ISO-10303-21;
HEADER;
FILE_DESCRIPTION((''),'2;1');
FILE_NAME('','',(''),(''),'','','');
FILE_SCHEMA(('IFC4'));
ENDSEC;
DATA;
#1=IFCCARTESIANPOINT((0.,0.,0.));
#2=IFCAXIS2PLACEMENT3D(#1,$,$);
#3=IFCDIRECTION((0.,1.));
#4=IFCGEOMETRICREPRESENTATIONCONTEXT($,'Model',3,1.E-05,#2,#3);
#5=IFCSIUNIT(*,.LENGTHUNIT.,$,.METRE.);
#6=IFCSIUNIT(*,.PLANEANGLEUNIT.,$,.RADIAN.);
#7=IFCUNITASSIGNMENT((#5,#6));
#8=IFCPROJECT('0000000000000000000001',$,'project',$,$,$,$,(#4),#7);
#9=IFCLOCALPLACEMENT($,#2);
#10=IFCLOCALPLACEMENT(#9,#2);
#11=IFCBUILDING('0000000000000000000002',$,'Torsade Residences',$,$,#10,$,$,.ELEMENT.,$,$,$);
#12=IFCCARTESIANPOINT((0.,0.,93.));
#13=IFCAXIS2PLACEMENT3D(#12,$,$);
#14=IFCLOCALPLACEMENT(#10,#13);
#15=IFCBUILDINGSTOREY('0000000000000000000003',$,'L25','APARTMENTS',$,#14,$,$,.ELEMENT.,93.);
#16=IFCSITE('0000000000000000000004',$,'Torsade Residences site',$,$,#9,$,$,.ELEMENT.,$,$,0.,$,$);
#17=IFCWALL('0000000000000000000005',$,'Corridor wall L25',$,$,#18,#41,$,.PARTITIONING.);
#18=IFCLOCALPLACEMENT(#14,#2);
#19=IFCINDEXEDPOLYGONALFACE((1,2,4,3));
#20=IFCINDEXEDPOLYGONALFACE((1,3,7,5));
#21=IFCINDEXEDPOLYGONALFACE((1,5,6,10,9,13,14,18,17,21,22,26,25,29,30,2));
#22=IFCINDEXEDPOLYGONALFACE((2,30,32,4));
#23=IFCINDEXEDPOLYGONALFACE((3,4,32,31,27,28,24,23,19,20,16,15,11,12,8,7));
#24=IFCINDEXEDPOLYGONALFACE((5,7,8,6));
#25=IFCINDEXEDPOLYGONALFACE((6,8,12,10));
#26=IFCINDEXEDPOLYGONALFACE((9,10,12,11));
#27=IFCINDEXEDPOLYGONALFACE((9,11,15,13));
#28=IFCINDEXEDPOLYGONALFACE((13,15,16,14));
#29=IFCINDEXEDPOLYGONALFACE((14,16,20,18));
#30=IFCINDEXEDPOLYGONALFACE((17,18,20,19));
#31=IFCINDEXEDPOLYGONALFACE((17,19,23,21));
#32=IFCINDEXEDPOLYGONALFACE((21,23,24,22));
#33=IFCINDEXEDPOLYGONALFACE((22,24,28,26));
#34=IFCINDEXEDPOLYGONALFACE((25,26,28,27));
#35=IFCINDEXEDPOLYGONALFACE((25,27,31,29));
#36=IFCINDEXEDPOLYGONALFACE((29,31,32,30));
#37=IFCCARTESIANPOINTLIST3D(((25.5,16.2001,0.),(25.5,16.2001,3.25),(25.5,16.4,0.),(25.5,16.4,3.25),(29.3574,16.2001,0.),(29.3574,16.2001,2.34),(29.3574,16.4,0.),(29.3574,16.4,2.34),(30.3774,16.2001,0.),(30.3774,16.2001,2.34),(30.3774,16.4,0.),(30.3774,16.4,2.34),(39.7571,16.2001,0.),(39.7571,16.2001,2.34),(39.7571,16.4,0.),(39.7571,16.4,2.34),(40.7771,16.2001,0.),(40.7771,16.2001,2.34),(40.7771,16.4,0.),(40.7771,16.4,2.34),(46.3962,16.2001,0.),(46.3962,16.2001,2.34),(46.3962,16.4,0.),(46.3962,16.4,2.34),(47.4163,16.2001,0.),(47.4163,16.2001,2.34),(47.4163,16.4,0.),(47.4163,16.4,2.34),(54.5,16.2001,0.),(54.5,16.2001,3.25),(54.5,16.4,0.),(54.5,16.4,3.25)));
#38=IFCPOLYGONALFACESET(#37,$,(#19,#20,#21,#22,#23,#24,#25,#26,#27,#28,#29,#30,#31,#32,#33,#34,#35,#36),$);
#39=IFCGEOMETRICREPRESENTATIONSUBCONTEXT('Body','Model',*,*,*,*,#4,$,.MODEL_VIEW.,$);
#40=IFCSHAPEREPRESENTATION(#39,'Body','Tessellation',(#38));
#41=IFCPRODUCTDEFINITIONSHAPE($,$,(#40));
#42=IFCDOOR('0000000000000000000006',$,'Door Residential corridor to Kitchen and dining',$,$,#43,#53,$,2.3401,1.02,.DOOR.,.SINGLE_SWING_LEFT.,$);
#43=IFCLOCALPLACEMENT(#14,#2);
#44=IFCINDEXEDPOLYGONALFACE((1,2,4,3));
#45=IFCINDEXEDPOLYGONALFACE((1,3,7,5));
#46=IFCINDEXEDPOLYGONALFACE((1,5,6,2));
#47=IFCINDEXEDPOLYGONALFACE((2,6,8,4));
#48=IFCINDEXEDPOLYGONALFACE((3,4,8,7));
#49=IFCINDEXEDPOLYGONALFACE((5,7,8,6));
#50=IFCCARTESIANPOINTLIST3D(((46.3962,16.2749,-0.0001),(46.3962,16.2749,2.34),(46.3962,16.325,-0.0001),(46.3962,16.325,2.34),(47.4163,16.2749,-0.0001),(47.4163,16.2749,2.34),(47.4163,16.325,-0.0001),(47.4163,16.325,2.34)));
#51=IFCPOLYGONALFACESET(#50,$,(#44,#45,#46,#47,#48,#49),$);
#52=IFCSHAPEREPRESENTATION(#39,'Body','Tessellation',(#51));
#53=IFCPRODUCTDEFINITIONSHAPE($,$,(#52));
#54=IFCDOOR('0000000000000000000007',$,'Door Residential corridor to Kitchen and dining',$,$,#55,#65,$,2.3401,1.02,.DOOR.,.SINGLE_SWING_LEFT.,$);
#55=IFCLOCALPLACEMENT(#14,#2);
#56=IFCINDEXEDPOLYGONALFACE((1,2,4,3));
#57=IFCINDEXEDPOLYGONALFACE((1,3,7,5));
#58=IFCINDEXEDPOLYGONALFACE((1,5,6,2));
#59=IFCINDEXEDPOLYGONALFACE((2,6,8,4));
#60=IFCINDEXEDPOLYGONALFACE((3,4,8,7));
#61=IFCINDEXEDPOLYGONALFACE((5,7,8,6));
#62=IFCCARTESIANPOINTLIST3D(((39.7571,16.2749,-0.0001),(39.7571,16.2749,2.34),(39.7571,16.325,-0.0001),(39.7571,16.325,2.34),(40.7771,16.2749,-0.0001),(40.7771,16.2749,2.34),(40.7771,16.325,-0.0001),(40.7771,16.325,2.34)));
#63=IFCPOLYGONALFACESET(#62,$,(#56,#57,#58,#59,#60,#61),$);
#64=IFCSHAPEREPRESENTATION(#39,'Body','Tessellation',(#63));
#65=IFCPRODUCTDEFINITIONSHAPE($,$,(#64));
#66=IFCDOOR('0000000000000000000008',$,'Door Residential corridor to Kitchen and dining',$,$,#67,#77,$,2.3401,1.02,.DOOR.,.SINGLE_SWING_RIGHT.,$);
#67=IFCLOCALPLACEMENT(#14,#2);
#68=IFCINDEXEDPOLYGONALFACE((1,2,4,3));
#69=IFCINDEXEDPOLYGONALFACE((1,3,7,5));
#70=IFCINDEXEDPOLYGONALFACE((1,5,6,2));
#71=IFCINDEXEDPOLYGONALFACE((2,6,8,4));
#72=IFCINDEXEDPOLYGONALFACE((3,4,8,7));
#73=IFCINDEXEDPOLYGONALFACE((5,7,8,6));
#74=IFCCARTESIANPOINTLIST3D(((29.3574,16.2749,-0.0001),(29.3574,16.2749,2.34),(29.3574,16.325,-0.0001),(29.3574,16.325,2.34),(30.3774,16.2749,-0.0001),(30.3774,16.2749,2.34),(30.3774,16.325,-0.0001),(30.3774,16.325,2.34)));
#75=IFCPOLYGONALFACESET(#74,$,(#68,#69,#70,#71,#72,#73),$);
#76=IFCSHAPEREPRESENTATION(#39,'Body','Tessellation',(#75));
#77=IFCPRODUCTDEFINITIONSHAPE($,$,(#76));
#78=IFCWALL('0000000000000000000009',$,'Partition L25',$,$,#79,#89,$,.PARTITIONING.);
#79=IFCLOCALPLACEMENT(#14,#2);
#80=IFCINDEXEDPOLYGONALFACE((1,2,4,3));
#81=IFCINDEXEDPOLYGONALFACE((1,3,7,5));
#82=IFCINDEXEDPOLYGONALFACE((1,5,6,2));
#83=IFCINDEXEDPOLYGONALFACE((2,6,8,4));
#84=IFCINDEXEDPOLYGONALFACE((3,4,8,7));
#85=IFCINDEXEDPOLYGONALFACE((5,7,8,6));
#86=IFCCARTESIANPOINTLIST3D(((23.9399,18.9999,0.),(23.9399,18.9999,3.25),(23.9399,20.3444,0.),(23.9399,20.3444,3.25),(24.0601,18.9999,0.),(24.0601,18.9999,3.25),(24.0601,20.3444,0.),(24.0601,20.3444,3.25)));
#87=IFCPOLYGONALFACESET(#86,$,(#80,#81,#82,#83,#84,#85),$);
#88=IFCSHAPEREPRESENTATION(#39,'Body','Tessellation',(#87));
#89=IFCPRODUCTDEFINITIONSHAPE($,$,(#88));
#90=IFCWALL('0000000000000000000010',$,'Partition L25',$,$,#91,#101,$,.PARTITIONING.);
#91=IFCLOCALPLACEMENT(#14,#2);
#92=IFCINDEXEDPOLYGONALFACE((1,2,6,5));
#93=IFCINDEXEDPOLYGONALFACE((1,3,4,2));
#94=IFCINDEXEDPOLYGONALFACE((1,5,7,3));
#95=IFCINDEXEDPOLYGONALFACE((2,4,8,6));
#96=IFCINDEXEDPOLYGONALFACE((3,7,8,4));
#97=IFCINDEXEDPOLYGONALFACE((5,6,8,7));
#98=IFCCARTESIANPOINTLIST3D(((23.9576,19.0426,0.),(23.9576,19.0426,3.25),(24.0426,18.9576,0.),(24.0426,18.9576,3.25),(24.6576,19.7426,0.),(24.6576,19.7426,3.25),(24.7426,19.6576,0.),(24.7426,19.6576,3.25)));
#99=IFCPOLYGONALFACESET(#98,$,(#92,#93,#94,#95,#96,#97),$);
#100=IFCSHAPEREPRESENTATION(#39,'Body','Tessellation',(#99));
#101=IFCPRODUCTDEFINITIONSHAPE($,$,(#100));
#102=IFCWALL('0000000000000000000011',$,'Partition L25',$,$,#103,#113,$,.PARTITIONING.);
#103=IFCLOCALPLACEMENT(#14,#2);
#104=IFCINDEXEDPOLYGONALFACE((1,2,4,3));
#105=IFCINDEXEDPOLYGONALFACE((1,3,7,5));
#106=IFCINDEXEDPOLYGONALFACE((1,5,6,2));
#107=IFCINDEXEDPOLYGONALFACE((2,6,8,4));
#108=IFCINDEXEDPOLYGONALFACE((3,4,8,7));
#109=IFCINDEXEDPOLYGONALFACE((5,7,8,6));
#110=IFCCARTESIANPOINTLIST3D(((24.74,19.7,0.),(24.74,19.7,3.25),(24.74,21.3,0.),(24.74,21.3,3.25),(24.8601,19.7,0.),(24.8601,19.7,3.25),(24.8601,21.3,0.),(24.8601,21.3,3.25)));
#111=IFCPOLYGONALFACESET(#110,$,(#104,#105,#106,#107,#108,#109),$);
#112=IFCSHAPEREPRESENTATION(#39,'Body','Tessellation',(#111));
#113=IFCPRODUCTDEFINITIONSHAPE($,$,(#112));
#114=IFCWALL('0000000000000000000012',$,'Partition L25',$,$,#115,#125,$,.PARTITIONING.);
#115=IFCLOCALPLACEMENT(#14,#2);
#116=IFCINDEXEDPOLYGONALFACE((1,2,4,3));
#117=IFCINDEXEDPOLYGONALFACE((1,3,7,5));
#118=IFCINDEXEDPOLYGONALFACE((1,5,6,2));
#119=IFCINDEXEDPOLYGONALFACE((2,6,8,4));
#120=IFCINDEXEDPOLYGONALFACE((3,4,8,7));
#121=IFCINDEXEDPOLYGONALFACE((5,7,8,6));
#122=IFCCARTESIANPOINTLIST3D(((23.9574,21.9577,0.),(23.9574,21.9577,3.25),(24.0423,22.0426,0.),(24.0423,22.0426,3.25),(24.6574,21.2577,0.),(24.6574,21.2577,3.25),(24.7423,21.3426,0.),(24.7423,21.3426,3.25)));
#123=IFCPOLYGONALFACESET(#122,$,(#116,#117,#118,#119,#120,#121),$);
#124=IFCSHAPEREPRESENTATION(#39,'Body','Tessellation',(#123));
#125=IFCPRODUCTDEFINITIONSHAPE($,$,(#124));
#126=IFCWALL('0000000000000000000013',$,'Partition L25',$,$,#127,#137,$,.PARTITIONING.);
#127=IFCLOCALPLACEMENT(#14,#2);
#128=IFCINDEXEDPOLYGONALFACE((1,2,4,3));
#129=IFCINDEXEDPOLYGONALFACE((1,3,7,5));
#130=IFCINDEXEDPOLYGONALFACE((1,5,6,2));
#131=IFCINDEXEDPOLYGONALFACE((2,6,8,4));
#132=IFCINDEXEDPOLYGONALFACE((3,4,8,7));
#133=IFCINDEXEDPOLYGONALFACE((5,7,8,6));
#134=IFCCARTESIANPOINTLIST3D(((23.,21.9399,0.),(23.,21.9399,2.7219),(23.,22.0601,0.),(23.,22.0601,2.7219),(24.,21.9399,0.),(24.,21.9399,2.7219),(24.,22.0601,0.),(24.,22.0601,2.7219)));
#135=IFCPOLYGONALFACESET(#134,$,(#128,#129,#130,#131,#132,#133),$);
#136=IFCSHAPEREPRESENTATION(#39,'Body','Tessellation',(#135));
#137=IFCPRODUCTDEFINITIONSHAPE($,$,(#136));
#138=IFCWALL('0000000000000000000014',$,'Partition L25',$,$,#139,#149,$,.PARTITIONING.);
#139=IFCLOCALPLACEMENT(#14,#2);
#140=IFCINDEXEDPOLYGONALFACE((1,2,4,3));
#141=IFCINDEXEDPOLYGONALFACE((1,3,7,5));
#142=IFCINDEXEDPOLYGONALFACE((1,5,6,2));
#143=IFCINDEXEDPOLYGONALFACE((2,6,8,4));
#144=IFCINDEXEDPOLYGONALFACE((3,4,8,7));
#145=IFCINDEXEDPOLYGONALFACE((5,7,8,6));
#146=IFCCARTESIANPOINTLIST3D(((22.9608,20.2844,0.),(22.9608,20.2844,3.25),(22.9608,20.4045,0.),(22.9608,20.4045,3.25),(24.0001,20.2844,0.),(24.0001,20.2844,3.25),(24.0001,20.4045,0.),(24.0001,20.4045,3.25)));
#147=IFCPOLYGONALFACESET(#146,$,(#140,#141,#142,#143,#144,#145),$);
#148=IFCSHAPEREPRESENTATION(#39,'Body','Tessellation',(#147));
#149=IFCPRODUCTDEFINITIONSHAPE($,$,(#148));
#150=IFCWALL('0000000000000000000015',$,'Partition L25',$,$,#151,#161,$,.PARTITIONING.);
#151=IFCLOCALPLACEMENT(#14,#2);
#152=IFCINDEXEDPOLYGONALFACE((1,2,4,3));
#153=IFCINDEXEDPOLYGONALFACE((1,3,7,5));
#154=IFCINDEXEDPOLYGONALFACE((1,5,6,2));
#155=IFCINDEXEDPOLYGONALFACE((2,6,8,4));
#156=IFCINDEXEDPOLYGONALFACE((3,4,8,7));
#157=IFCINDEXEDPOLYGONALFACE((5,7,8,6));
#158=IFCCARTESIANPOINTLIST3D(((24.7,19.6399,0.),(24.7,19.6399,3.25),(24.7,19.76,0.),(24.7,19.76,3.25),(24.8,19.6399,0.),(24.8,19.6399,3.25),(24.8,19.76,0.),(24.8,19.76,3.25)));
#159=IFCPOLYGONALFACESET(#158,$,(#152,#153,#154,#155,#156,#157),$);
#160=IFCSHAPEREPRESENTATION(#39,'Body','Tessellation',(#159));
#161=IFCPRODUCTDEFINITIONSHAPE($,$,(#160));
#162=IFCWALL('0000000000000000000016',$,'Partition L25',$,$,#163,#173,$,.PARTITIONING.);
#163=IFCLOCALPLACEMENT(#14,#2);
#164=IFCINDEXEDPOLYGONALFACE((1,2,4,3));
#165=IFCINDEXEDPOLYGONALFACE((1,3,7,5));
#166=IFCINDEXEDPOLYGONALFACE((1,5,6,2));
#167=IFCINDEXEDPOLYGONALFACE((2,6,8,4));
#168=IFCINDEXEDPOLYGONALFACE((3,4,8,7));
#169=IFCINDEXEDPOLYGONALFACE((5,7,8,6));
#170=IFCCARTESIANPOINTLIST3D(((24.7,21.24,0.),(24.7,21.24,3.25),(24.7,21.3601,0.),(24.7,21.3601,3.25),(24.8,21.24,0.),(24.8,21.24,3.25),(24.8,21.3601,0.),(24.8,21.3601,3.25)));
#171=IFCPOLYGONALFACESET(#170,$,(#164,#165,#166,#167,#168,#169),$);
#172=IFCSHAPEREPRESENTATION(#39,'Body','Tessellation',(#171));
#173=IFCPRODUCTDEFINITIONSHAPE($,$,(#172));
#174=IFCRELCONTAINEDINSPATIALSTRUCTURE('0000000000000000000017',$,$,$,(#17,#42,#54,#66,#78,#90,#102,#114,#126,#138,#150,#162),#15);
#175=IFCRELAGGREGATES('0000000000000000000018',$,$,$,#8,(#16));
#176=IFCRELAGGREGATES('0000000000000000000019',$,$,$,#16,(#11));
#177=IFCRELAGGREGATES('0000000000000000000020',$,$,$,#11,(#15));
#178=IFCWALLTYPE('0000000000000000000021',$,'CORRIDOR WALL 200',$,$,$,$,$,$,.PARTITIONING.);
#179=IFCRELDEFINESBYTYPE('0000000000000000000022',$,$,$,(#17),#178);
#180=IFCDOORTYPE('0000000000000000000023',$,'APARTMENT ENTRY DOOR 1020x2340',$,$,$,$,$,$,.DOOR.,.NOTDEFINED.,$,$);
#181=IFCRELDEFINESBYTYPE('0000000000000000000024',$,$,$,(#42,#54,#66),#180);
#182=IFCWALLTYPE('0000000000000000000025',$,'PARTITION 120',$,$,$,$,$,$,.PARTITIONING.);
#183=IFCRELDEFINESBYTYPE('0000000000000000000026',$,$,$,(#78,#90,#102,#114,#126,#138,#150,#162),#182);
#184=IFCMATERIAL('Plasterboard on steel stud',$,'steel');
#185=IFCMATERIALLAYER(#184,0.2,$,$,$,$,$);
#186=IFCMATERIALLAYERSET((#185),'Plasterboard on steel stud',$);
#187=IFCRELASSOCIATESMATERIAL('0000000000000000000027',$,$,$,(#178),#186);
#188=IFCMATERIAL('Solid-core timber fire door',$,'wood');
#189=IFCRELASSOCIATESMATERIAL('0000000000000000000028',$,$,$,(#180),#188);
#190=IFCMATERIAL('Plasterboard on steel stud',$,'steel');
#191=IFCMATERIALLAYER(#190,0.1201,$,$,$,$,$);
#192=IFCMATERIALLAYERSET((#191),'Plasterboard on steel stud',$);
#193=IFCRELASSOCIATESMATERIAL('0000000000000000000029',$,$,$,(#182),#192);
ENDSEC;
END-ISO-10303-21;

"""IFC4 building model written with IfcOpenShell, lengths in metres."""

from ifc_helpers import new_model, si_unit, direction, frame, frame_2d, origin, place, context, subcontext, project, spatial, rectangle, extrude, material, layer, layer_set, type_object, element, fill, save


model = new_model("IFC4")

# Units and contexts
model_context = context("Model", 3, precision=1e-05, world=origin(), true_north=direction((0.0, 1.0)))
body_context = subcontext(model_context, "Body", "Model", "MODEL_VIEW")
ifc_project = project(units=[si_unit("LENGTHUNIT", "METRE"), si_unit("PLANEANGLEUNIT", "RADIAN")], contexts=[model_context])

# Site, building, storey
site_placement = place(None, origin())
site = spatial("IfcSite", under=ifc_project, at=site_placement, Name="Torsade Residences site", CompositionType="ELEMENT", RefElevation=0.0)
building_placement = place(site_placement, origin())
building = spatial("IfcBuilding", under=site, at=building_placement, Name="Torsade Residences", CompositionType="ELEMENT")
storey_placement = place(building_placement, frame((0.0, 0.0, 93.0)))
storey = spatial("IfcBuildingStorey", under=building, at=storey_placement, Name="L25", Description="APARTMENTS", CompositionType="ELEMENT", Elevation=93.0)

# Wall, openings, doors
ifc_material_1 = material(Name="Plasterboard on steel stud", Category="steel")
ifc_layer_1 = layer(ifc_material_1, 0.2)
ifc_layer_set_1 = layer_set([ifc_layer_1], Name="Plasterboard on steel stud")
wall_type_1 = type_object("IfcWallType", Name="CORRIDOR WALL 200", PredefinedType="PARTITIONING", material=ifc_layer_set_1)
wall_1_placement = place(storey_placement, frame((25.5, 16.3, 0.0), z_axis=(0.0, 0.0, 1.0), x_axis=(1.0, 0.0, 0.0)))
wall_1 = element("IfcWall", 1, at=wall_1_placement, inside=storey, type_object=wall_type_1, Name="Corridor wall L25", PredefinedType="PARTITIONING", context=body_context, shape_type="SweptSolid", body=[
    extrude(rectangle(XDim=29.0, YDim=0.2, at=frame_2d((14.5, 0.0))), origin(), (0.0, 0.0, 1.0), 3.25),
])
opening_1_placement = place(wall_1_placement, frame((20.8962, 0.0, 0.0)))
opening_1 = element("IfcOpeningElement", 2, at=opening_1_placement, cuts=wall_1, PredefinedType="OPENING", context=body_context, shape_type="SweptSolid", body=[
    extrude(rectangle(XDim=1.02, YDim=2.3401, at=frame_2d((0.51, 1.1699))), frame((0.0, 0.1099, 0.0), z_axis=(0.0, -1.0, 0.0), x_axis=(1.0, 0.0, 0.0)), (0.0, 0.0, 1.0), 0.22),
])
opening_2_placement = place(wall_1_placement, frame((14.2571, 0.0, 0.0)))
opening_2 = element("IfcOpeningElement", 3, at=opening_2_placement, cuts=wall_1, PredefinedType="OPENING", context=body_context, shape_type="SweptSolid", body=[
    extrude(rectangle(XDim=1.02, YDim=2.3401, at=frame_2d((0.51, 1.1699))), frame((0.0, 0.1099, 0.0), z_axis=(0.0, -1.0, 0.0), x_axis=(1.0, 0.0, 0.0)), (0.0, 0.0, 1.0), 0.22),
])
opening_3_placement = place(wall_1_placement, frame((3.8574, 0.0, 0.0)))
opening_3 = element("IfcOpeningElement", 4, at=opening_3_placement, cuts=wall_1, PredefinedType="OPENING", context=body_context, shape_type="SweptSolid", body=[
    extrude(rectangle(XDim=1.02, YDim=2.3401, at=frame_2d((0.51, 1.1699))), frame((0.0, 0.1099, 0.0), z_axis=(0.0, -1.0, 0.0), x_axis=(1.0, 0.0, 0.0)), (0.0, 0.0, 1.0), 0.22),
])
ifc_material_2 = material(Name="Solid-core timber fire door", Category="wood")
door_type = type_object("IfcDoorType", Name="APARTMENT ENTRY DOOR 1020x2340", OperationType="NOTDEFINED", PredefinedType="DOOR", material=ifc_material_2)
door_1_placement = place(opening_1_placement, origin())
door_1 = element("IfcDoor", 5, at=door_1_placement, inside=storey, type_object=door_type, Name="Door Residential corridor to Kitchen and dining", OperationType="SINGLE_SWING_LEFT", OverallHeight=2.3401, OverallWidth=1.02, PredefinedType="DOOR", context=body_context, shape_type="SweptSolid", body=[
    extrude(rectangle(XDim=1.02, YDim=2.3401, at=frame_2d((0.51, 1.1699))), frame((0.0, 0.0249, 0.0), z_axis=(0.0, -1.0, 0.0), x_axis=(1.0, 0.0, 0.0)), (0.0, 0.0, 1.0), 0.05),
])
fill(opening_1, door_1)
door_2_placement = place(opening_2_placement, origin())
door_2 = element("IfcDoor", 6, at=door_2_placement, inside=storey, type_object=door_type, Name="Door Residential corridor to Kitchen and dining", OperationType="SINGLE_SWING_LEFT", OverallHeight=2.3401, OverallWidth=1.02, PredefinedType="DOOR", context=body_context, shape_type="SweptSolid", body=[
    extrude(rectangle(XDim=1.02, YDim=2.3401, at=frame_2d((0.51, 1.1699))), frame((0.0, 0.0249, 0.0), z_axis=(0.0, -1.0, 0.0), x_axis=(1.0, 0.0, 0.0)), (0.0, 0.0, 1.0), 0.05),
])
fill(opening_2, door_2)
door_3_placement = place(opening_3_placement, origin())
door_3 = element("IfcDoor", 7, at=door_3_placement, inside=storey, type_object=door_type, Name="Door Residential corridor to Kitchen and dining", OperationType="SINGLE_SWING_RIGHT", OverallHeight=2.3401, OverallWidth=1.02, PredefinedType="DOOR", context=body_context, shape_type="SweptSolid", body=[
    extrude(rectangle(XDim=1.02, YDim=2.3401, at=frame_2d((0.51, 1.1699))), frame((0.0, 0.0249, 0.0), z_axis=(0.0, -1.0, 0.0), x_axis=(1.0, 0.0, 0.0)), (0.0, 0.0, 1.0), 0.05),
])
fill(opening_3, door_3)

# Walls
ifc_material_3 = material(Name="Plasterboard on steel stud", Category="steel")
ifc_layer_2 = layer(ifc_material_3, 0.1201)
ifc_layer_set_2 = layer_set([ifc_layer_2], Name="Plasterboard on steel stud")
wall_type_2 = type_object("IfcWallType", Name="PARTITION 120", PredefinedType="PARTITIONING", material=ifc_layer_set_2)
wall_2_placement = place(storey_placement, frame((24.0, 20.3445, 0.0), z_axis=(0.0, 0.0, 1.0), x_axis=(0.0, -1.0, 0.0)))
element("IfcWall", 8, at=wall_2_placement, inside=storey, type_object=wall_type_2, Name="Partition L25", PredefinedType="PARTITIONING", context=body_context, shape_type="SweptSolid", body=[
    extrude(rectangle(XDim=1.3445, YDim=0.1201, at=frame_2d((0.6724, 0.0))), origin(), (0.0, 0.0, 1.0), 3.25),
])
wall_3_placement = place(storey_placement, frame((24.0, 19.0, 0.0), z_axis=(0.0, 0.0, 1.0), x_axis=(0.707107, 0.707107, 0.0)))
element("IfcWall", 9, at=wall_3_placement, inside=storey, type_object=wall_type_2, Name="Partition L25", PredefinedType="PARTITIONING", context=body_context, shape_type="SweptSolid", body=[
    extrude(rectangle(XDim=0.99, YDim=0.1201, at=frame_2d((0.4951, 0.0))), origin(), (0.0, 0.0, 1.0), 3.25),
])
wall_4_placement = place(storey_placement, frame((24.8, 19.7, 0.0), z_axis=(0.0, 0.0, 1.0), x_axis=(0.0, 1.0, 0.0)))
element("IfcWall", 10, at=wall_4_placement, inside=storey, type_object=wall_type_2, Name="Partition L25", PredefinedType="PARTITIONING", context=body_context, shape_type="SweptSolid", body=[
    extrude(rectangle(XDim=1.6001, YDim=0.1201, at=frame_2d((0.8, 0.0))), origin(), (0.0, 0.0, 1.0), 3.25),
])
wall_5_placement = place(storey_placement, frame((24.7, 21.3, 0.0), z_axis=(0.0, 0.0, 1.0), x_axis=(-0.707107, 0.707107, 0.0)))
element("IfcWall", 11, at=wall_5_placement, inside=storey, type_object=wall_type_2, Name="Partition L25", PredefinedType="PARTITIONING", context=body_context, shape_type="SweptSolid", body=[
    extrude(rectangle(XDim=0.99, YDim=0.1201, at=frame_2d((0.4951, 0.0))), origin(), (0.0, 0.0, 1.0), 3.25),
])
wall_6_placement = place(storey_placement, frame((24.0, 22.0, 0.0), z_axis=(0.0, 0.0, 1.0), x_axis=(-1.0, 0.0, 0.0)))
element("IfcWall", 12, at=wall_6_placement, inside=storey, type_object=wall_type_2, Name="Partition L25", PredefinedType="PARTITIONING", context=body_context, shape_type="SweptSolid", body=[
    extrude(rectangle(XDim=1.0, YDim=0.1201, at=frame_2d((0.5, 0.0))), origin(), (0.0, 0.0, 1.0), 2.7219),
])
wall_7_placement = place(storey_placement, frame((24.0, 20.3445, 0.0), z_axis=(0.0, 0.0, 1.0), x_axis=(-1.0, 0.0, 0.0)))
element("IfcWall", 13, at=wall_7_placement, inside=storey, type_object=wall_type_2, Name="Partition L25", PredefinedType="PARTITIONING", context=body_context, shape_type="SweptSolid", body=[
    extrude(rectangle(XDim=1.0393, YDim=0.1201, at=frame_2d((0.5195, 0.0))), origin(), (0.0, 0.0, 1.0), 3.25),
])
for number, where, z_axis, x_axis, name in (
    (14, (24.8, 19.7, 0.0), (0.0, 0.0, 1.0), (-1.0, 0.0, 0.0), "Partition L25"),
    (15, (24.8, 21.3, 0.0), (0.0, 0.0, 1.0), (-1.0, 0.0, 0.0), "Partition L25"),
):
    element("IfcWall", number, at=place(storey_placement, frame(where, z_axis=z_axis, x_axis=x_axis)), inside=storey, type_object=wall_type_2, Name=name, PredefinedType="PARTITIONING", context=body_context, shape_type="SweptSolid", body=[
        extrude(rectangle(XDim=0.1001, YDim=0.1201, at=frame_2d((0.05, 0.0))), origin(), (0.0, 0.0, 1.0), 3.25),
    ])

save(model, "model.ifc")
